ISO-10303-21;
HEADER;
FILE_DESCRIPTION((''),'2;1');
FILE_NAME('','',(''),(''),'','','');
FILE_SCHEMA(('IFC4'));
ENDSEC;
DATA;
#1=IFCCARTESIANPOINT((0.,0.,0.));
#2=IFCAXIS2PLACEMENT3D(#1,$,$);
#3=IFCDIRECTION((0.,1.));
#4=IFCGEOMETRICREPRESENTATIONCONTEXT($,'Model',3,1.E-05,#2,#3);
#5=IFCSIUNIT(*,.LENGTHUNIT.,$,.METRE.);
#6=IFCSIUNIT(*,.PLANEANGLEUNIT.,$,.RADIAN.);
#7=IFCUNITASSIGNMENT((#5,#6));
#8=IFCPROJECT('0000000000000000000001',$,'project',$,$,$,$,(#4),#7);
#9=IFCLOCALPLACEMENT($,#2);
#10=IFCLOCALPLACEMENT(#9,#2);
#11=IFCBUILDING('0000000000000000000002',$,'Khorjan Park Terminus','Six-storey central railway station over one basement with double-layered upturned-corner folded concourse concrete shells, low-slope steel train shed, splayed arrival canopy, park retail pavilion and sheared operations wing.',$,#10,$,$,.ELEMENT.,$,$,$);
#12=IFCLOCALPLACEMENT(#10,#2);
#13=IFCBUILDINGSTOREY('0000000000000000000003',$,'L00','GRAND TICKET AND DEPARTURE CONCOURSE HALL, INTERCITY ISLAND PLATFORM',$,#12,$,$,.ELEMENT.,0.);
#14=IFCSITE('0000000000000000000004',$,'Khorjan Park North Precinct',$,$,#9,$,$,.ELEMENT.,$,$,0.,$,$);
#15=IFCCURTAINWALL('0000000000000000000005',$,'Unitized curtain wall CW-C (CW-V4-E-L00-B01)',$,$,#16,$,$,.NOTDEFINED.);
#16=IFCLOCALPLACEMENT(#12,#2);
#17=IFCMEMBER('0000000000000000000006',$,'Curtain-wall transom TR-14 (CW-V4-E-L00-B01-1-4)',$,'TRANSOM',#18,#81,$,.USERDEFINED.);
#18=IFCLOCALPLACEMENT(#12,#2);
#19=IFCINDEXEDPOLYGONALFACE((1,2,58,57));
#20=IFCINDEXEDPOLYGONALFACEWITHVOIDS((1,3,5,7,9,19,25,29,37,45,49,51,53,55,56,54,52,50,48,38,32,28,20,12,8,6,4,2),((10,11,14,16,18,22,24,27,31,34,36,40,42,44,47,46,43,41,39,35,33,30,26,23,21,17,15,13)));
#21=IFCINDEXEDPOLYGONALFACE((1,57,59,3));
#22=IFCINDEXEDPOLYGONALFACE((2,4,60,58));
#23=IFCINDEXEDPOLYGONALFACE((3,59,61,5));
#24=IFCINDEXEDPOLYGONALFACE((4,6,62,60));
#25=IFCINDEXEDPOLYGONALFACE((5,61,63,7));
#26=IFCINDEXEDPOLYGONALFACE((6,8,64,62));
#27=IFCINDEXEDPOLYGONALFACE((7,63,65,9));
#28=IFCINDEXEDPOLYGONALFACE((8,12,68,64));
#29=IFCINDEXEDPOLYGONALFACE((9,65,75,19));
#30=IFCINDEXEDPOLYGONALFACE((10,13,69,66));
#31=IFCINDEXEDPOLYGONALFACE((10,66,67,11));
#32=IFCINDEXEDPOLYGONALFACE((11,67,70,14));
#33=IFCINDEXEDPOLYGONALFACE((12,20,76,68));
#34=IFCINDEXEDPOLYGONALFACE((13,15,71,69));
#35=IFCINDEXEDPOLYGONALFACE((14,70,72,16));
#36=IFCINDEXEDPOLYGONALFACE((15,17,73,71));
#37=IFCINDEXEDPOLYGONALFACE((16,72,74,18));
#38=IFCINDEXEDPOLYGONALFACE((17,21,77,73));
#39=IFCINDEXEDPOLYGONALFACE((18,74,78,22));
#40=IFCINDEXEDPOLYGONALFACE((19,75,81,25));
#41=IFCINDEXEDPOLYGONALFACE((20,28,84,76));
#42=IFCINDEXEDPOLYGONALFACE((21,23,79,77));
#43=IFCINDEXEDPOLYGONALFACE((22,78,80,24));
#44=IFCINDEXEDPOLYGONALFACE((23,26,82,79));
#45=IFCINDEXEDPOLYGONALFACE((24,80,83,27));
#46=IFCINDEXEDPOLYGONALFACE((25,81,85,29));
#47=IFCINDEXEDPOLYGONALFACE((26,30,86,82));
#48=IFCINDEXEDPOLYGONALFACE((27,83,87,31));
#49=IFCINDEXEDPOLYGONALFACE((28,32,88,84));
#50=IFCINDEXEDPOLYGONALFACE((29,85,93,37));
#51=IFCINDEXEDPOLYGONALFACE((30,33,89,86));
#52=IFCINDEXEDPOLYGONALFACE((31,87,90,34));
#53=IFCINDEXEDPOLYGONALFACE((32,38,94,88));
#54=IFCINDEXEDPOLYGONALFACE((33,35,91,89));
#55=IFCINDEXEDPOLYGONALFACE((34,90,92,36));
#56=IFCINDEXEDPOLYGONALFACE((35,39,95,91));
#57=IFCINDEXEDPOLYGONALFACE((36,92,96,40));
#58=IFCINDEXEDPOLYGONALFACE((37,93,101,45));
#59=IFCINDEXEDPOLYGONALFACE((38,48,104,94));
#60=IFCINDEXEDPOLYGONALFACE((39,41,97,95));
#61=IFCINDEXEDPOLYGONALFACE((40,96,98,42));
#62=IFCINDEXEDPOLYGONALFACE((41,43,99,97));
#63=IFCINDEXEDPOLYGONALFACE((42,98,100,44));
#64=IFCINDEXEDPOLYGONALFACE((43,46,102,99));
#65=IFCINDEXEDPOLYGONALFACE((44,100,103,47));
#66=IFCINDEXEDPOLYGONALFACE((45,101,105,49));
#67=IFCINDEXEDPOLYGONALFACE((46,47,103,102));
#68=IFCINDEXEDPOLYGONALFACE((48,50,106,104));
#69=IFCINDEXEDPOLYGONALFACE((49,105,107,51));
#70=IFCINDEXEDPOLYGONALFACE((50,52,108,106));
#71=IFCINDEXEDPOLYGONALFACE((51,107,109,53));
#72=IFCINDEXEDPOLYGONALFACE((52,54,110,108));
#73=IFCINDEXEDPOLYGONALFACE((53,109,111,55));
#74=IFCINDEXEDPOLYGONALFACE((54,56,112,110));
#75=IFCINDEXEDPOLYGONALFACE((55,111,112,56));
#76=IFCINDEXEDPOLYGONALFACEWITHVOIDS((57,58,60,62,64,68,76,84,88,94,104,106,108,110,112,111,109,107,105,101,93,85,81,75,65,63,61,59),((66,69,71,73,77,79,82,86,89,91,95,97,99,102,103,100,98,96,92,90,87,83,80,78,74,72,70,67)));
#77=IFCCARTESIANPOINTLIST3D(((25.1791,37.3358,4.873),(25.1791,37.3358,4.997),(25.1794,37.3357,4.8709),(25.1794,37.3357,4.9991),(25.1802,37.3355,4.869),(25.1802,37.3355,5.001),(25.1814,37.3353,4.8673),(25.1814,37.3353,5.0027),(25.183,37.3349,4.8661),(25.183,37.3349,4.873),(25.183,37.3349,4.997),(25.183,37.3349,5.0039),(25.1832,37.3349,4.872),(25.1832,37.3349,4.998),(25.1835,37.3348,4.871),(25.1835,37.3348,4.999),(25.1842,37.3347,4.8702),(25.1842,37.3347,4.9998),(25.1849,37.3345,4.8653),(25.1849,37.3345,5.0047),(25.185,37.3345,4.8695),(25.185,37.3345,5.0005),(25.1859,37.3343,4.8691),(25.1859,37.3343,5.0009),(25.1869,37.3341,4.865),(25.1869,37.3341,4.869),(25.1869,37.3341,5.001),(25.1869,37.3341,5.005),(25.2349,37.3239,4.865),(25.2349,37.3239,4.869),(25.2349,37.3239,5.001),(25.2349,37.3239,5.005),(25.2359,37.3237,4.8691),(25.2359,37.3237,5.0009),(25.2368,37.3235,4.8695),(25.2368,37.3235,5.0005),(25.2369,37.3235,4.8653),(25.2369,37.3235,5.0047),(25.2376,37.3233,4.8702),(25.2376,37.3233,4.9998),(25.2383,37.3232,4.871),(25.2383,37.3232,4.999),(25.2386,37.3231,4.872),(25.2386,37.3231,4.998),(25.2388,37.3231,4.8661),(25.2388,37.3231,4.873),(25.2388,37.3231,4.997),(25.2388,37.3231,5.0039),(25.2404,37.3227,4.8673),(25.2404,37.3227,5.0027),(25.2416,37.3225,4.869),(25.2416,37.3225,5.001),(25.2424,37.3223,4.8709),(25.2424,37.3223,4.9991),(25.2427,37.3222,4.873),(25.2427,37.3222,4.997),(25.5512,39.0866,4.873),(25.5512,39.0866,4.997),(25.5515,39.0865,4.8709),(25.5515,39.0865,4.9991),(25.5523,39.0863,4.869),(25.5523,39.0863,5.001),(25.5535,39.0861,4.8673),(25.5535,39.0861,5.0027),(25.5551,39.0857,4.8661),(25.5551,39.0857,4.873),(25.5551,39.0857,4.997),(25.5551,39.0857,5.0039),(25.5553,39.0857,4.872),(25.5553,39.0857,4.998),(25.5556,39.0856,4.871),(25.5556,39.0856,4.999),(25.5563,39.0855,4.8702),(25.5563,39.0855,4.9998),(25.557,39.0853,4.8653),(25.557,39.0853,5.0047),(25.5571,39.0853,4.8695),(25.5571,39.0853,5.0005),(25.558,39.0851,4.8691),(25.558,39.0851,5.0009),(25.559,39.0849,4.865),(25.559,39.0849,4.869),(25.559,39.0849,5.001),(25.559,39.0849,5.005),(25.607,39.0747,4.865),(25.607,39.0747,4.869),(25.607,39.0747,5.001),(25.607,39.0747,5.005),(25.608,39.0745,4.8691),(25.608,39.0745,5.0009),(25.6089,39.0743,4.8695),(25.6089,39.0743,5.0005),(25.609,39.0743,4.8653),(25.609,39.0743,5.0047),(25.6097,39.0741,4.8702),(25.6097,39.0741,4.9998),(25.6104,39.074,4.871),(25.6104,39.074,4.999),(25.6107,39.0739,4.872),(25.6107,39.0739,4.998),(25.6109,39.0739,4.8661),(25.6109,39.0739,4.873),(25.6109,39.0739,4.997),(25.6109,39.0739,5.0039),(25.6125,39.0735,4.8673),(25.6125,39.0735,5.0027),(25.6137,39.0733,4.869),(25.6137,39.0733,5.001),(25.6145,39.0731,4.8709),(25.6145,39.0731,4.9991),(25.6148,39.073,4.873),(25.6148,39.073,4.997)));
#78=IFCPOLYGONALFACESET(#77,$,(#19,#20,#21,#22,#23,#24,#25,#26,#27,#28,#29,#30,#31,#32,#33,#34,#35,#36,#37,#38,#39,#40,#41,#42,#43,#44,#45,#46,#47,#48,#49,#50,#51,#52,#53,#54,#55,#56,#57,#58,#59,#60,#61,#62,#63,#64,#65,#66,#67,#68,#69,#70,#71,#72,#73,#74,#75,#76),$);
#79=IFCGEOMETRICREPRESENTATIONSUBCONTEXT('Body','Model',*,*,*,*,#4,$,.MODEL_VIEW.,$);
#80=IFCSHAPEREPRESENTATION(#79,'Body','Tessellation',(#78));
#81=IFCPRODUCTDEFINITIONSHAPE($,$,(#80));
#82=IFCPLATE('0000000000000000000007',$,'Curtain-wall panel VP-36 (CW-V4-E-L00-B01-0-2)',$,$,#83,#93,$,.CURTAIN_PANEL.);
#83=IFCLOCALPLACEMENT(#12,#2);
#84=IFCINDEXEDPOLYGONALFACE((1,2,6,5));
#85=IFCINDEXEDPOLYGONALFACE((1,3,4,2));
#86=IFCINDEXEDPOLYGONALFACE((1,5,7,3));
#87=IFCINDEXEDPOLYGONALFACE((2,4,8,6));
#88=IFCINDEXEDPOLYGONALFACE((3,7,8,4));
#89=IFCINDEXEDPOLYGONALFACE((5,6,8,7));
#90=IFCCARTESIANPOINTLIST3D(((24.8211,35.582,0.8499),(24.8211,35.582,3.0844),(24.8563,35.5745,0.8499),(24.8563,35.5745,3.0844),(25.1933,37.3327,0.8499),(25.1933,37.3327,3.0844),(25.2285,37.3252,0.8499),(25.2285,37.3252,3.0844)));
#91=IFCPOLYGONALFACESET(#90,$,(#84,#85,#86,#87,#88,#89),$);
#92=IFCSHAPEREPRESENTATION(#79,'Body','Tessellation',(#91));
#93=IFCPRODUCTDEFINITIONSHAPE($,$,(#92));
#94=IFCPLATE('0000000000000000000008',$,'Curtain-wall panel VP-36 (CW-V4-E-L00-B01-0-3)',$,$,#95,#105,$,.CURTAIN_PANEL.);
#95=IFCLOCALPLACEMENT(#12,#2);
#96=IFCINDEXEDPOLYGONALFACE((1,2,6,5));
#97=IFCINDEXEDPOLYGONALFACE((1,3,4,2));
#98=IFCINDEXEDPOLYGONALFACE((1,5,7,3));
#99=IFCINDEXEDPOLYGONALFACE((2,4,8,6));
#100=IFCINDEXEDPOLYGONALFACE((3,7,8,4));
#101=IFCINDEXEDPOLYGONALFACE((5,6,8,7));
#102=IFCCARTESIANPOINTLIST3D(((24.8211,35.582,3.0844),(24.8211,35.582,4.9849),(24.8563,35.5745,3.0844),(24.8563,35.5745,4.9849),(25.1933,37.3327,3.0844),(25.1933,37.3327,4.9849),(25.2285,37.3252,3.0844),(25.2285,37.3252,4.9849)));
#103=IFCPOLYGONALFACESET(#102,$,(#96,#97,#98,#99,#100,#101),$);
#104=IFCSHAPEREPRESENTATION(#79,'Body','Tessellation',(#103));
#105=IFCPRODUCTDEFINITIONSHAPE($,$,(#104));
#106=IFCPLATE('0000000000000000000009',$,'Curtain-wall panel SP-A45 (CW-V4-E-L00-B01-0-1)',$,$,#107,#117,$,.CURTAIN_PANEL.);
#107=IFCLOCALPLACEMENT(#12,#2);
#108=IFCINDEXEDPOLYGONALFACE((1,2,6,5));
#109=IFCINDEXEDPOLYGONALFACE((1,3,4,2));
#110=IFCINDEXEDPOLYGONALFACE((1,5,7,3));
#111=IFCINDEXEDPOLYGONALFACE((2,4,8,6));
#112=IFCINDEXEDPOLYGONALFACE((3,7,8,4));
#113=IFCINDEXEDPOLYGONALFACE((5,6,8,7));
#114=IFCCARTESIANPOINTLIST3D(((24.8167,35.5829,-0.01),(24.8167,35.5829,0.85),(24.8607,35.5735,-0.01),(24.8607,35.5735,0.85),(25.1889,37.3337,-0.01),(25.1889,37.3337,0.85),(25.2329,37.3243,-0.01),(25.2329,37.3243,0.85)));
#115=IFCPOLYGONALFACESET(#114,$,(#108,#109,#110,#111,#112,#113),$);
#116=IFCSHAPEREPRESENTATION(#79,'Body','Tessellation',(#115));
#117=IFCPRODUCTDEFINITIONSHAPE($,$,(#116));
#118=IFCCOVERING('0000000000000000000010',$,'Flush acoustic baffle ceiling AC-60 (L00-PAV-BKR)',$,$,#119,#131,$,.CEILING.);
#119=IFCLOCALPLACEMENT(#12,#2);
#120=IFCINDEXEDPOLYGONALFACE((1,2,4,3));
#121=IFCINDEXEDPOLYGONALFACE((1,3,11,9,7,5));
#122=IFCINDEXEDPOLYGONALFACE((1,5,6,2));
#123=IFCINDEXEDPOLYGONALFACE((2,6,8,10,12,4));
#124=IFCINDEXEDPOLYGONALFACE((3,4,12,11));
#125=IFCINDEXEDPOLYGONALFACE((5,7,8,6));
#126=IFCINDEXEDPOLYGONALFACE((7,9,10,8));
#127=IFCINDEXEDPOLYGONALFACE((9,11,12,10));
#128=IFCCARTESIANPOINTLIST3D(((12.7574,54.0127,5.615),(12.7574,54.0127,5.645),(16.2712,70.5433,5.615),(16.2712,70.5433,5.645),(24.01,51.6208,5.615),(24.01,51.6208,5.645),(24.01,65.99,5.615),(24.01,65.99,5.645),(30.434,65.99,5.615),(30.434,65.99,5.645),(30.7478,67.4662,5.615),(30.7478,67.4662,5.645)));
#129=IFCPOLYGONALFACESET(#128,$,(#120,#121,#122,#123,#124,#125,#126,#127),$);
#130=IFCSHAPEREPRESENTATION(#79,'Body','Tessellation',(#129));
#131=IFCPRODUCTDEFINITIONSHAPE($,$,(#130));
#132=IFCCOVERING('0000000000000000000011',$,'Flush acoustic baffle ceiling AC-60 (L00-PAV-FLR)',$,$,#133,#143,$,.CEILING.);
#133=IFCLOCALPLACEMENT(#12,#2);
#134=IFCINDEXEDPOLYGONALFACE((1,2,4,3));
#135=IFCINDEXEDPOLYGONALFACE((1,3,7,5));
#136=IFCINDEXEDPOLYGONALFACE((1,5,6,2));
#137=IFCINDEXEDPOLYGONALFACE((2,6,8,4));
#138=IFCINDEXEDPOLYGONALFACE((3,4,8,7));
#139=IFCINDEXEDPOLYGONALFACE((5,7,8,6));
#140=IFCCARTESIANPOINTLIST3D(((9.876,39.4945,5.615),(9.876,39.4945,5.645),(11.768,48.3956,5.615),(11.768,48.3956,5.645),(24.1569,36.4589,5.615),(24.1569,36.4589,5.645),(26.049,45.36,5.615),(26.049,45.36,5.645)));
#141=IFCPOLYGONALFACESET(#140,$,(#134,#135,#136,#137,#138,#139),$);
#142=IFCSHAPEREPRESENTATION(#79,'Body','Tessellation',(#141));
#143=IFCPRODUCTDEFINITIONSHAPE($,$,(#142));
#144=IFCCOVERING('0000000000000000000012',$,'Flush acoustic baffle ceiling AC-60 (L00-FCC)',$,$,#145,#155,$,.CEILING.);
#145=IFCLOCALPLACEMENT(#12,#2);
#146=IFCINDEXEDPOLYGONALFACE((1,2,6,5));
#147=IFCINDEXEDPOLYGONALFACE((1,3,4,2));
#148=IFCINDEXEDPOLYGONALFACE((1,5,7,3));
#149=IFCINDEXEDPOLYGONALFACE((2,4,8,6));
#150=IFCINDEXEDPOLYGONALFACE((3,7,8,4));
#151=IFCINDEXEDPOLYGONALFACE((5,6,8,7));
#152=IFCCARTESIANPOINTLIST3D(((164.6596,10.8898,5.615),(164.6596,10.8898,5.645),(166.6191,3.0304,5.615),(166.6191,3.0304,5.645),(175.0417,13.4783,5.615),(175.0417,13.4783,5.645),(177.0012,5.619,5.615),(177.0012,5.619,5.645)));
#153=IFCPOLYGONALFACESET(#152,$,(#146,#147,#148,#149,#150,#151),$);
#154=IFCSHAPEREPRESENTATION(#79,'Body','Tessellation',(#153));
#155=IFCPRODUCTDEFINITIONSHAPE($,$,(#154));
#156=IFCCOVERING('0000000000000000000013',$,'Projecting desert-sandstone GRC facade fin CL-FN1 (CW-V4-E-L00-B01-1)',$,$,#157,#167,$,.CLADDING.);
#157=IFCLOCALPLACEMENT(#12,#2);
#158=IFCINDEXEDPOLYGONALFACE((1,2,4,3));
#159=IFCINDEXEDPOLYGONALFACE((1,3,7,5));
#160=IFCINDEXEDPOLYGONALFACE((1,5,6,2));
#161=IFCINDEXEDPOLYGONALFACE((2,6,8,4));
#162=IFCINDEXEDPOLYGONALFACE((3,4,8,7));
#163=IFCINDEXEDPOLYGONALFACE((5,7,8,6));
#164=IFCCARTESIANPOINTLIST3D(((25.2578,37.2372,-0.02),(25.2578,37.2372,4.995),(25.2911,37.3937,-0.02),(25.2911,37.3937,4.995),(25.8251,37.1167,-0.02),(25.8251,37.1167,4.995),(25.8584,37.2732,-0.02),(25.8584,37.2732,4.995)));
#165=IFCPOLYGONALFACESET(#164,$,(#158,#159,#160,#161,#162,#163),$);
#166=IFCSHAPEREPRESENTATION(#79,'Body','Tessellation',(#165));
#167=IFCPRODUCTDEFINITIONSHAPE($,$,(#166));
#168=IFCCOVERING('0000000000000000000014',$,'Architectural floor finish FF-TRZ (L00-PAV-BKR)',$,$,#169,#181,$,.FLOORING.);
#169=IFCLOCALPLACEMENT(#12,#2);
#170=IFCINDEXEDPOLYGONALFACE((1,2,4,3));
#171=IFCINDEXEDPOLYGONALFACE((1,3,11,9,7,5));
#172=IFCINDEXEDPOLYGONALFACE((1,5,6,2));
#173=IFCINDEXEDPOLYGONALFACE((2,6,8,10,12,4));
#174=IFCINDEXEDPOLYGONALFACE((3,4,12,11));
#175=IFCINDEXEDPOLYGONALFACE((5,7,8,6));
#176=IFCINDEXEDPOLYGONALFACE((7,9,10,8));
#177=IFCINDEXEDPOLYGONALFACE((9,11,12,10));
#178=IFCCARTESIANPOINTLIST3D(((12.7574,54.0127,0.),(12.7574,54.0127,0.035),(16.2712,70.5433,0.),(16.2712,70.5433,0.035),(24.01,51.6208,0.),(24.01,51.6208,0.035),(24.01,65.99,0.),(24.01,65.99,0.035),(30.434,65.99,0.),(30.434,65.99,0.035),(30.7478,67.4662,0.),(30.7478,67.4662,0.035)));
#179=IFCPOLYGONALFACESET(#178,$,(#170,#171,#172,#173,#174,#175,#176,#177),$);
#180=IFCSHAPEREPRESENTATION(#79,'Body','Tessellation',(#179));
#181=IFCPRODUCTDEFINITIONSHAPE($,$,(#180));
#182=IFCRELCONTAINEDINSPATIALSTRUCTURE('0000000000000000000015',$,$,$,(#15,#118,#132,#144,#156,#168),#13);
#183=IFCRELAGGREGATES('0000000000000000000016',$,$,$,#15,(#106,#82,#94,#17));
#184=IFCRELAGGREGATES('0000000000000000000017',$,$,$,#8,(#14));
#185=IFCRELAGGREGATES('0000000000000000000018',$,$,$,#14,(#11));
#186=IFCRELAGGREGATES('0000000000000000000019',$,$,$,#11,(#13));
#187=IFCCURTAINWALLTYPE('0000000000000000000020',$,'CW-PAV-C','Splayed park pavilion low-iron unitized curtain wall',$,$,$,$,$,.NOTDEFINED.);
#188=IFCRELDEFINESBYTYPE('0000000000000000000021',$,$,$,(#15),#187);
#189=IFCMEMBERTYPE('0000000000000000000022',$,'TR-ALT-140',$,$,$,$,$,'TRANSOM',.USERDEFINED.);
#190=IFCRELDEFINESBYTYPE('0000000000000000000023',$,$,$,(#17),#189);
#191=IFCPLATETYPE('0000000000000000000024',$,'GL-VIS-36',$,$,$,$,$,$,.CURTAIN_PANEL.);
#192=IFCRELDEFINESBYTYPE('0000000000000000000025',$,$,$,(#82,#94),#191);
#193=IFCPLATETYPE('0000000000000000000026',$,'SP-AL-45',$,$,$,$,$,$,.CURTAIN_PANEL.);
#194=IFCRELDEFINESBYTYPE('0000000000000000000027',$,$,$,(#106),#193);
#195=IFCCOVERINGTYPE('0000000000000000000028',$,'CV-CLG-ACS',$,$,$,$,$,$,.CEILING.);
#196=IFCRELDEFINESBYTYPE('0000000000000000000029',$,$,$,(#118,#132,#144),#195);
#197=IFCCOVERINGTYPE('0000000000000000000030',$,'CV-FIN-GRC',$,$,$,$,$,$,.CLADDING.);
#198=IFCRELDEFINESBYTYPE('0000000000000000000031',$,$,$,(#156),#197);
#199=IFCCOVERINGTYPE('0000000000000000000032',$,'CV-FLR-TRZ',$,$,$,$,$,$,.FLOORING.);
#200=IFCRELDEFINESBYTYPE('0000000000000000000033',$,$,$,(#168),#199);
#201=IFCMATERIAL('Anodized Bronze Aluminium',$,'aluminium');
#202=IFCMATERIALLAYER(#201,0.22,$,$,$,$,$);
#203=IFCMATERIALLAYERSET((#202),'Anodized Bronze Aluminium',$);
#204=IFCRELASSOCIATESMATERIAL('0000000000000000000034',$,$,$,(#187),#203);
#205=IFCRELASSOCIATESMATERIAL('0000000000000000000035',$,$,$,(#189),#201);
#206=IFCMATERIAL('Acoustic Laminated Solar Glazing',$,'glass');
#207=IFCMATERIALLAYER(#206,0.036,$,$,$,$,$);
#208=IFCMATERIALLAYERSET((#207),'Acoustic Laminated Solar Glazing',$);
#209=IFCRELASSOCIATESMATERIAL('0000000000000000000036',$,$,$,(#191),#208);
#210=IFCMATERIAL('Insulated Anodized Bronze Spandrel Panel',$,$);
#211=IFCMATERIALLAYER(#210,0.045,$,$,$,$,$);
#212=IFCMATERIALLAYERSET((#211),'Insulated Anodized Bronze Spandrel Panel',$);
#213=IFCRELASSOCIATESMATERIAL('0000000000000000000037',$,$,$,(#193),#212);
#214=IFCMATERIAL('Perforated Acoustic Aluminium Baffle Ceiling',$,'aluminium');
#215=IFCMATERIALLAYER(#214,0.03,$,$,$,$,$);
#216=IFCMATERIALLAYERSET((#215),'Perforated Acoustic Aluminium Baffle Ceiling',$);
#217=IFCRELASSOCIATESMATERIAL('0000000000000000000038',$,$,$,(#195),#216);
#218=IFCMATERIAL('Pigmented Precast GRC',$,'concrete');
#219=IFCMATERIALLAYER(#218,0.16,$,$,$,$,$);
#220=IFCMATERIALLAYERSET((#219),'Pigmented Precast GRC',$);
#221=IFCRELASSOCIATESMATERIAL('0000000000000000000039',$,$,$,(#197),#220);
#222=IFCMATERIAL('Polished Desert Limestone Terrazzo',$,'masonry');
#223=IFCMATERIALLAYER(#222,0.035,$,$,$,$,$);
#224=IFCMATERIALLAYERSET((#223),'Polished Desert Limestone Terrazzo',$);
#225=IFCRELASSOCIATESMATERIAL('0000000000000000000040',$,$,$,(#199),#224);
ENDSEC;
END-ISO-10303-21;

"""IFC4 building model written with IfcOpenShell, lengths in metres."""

from ifc_helpers import new_model, si_unit, direction, frame, origin, origin_2d, place, context, subcontext, project, spatial, polyline, rectangle, hollow_rectangle, outline, extrude, material, layer, layer_set, material_profile, profile_set, type_object, element, aggregate, save


model = new_model("IFC4")

# Units and contexts
model_context = context("Model", 3, precision=1e-05, world=origin(), true_north=direction((0.0, 1.0)))
body_context = subcontext(model_context, "Body", "Model", "MODEL_VIEW")
ifc_project = project(units=[si_unit("LENGTHUNIT", "METRE"), si_unit("PLANEANGLEUNIT", "RADIAN")], contexts=[model_context])

# Site, building, storey
site_placement = place(None, origin())
site = spatial("IfcSite", under=ifc_project, at=site_placement, Name="Khorjan Park North Precinct", CompositionType="ELEMENT", RefElevation=0.0)
building_placement = place(site_placement, origin())
building = spatial("IfcBuilding", under=site, at=building_placement, Name="Khorjan Park Terminus", Description="Six-storey central railway station over one basement with double-layered upturned-corner folded concourse concrete shells, low-slope steel train shed, splayed arrival canopy, park retail pavilion and sheared operations wing.", CompositionType="ELEMENT")
storey_placement = place(building_placement, origin())
storey = spatial("IfcBuildingStorey", under=building, at=storey_placement, Name="L00", Description="GRAND TICKET AND DEPARTURE CONCOURSE HALL, INTERCITY ISLAND PLATFORM", CompositionType="ELEMENT", Elevation=0.0)

# Curtain wall, member, plates
ifc_material_1 = material(Name="Anodized Bronze Aluminium", Category="aluminium")
ifc_layer_1 = layer(ifc_material_1, 0.22)
ifc_layer_set_1 = layer_set([ifc_layer_1], Name="Anodized Bronze Aluminium")
curtain_wall_type = type_object("IfcCurtainWallType", Name="CW-PAV-C", Description="Splayed park pavilion low-iron unitized curtain wall", PredefinedType="NOTDEFINED", material=ifc_layer_set_1)
curtain_wall_placement = place(storey_placement, origin())
curtain_wall = element("IfcCurtainWall", 1, at=curtain_wall_placement, inside=storey, type_object=curtain_wall_type, Name="Unitized curtain wall CW-C (CW-V4-E-L00-B01)", PredefinedType="NOTDEFINED")
ifc_material_profile_1 = material_profile(ifc_material_1, hollow_rectangle(XDim=0.065, YDim=0.14, WallThickness=0.004, InnerFilletRadius=0.004, OuterFilletRadius=0.008, at=origin_2d()), Name="ALT 65x140x4")
ifc_profile_set_1 = profile_set([ifc_material_profile_1], Name="Anodized Bronze Aluminium")
member_type_1 = type_object("IfcMemberType", Name="TR-ALT-140", ElementType="TRANSOM", PredefinedType="USERDEFINED", material=ifc_profile_set_1)
member_1_placement = place(storey_placement, frame((25.2109, 37.329, 4.935), z_axis=(0.207888, 0.978153, 0.0), x_axis=(-0.978153, 0.207888, 0.0)))
member_1 = element("IfcMember", 2, at=member_1_placement, type_object=member_type_1, Name="Curtain-wall transom TR-14 (CW-V4-E-L00-B01-1-4)", ObjectType="TRANSOM", PredefinedType="USERDEFINED", context=body_context, shape_type="SweptSolid", body=[
    extrude(hollow_rectangle(XDim=0.065, YDim=0.14, WallThickness=0.004, InnerFilletRadius=0.004, OuterFilletRadius=0.008, at=origin_2d()), origin(), (0.0, 0.0, 1.0), 1.7899),
])
ifc_material_2 = material(Name="Acoustic Laminated Solar Glazing", Category="glass")
ifc_layer_2 = layer(ifc_material_2, 0.036)
ifc_layer_set_2 = layer_set([ifc_layer_2], Name="Acoustic Laminated Solar Glazing")
plate_type_1 = type_object("IfcPlateType", Name="GL-VIS-36", PredefinedType="CURTAIN_PANEL", material=ifc_layer_set_2)
plate_1_placement = place(storey_placement, frame((25.0248, 36.4536, 0.8499), z_axis=(0.0, 0.0, 1.0), x_axis=(0.207917, 0.978147, 0.0)))
plate_1 = element("IfcPlate", 3, at=plate_1_placement, type_object=plate_type_1, Name="Curtain-wall panel VP-36 (CW-V4-E-L00-B01-0-2)", PredefinedType="CURTAIN_PANEL", context=body_context, shape_type="SweptSolid", body=[
    extrude(rectangle(XDim=1.7899, YDim=0.036, at=origin_2d()), origin(), (0.0, 0.0, 1.0), 2.2345),
])
plate_2_placement = place(storey_placement, frame((25.0248, 36.4536, 3.0844), z_axis=(0.0, 0.0, 1.0), x_axis=(0.207917, 0.978147, 0.0)))
plate_2 = element("IfcPlate", 4, at=plate_2_placement, type_object=plate_type_1, Name="Curtain-wall panel VP-36 (CW-V4-E-L00-B01-0-3)", PredefinedType="CURTAIN_PANEL", context=body_context, shape_type="SweptSolid", body=[
    extrude(rectangle(XDim=1.7899, YDim=0.036, at=origin_2d()), origin(), (0.0, 0.0, 1.0), 1.9005),
])
ifc_material_3 = material(Name="Insulated Anodized Bronze Spandrel Panel")
ifc_layer_3 = layer(ifc_material_3, 0.045)
ifc_layer_set_3 = layer_set([ifc_layer_3], Name="Insulated Anodized Bronze Spandrel Panel")
plate_type_2 = type_object("IfcPlateType", Name="SP-AL-45", PredefinedType="CURTAIN_PANEL", material=ifc_layer_set_3)
plate_3_placement = place(storey_placement, frame((25.0248, 36.4536, -0.01), z_axis=(0.0, 0.0, 1.0), x_axis=(0.207917, 0.978147, 0.0)))
plate_3 = element("IfcPlate", 5, at=plate_3_placement, type_object=plate_type_2, Name="Curtain-wall panel SP-A45 (CW-V4-E-L00-B01-0-1)", PredefinedType="CURTAIN_PANEL", context=body_context, shape_type="SweptSolid", body=[
    extrude(rectangle(XDim=1.7899, YDim=0.045, at=origin_2d()), origin(), (0.0, 0.0, 1.0), 0.86),
])
aggregate(curtain_wall, [plate_3, plate_1, plate_2, member_1])

# Coverings
ifc_material_4 = material(Name="Perforated Acoustic Aluminium Baffle Ceiling", Category="aluminium")
ifc_layer_4 = layer(ifc_material_4, 0.03)
ifc_layer_set_4 = layer_set([ifc_layer_4], Name="Perforated Acoustic Aluminium Baffle Ceiling")
covering_type_1 = type_object("IfcCoveringType", Name="CV-CLG-ACS", PredefinedType="CEILING", material=ifc_layer_set_4)
covering_1_placement = place(storey_placement, frame((0.0, 0.0, 5.615)))
element("IfcCovering", 6, at=covering_1_placement, inside=storey, type_object=covering_type_1, Name="Flush acoustic baffle ceiling AC-60 (L00-PAV-BKR)", PredefinedType="CEILING", context=body_context, shape_type="SweptSolid", body=[
    extrude(outline(polyline([(30.434, 65.99), (24.01, 65.99), (24.01, 51.6208), (12.7574, 54.0127), (16.2712, 70.5433), (30.7478, 67.4662), (30.434, 65.99)])), origin(), (0.0, 0.0, 1.0), 0.03),
])
covering_2_placement = place(storey_placement, frame((0.0, 0.0, 5.615)))
element("IfcCovering", 7, at=covering_2_placement, inside=storey, type_object=covering_type_1, Name="Flush acoustic baffle ceiling AC-60 (L00-PAV-FLR)", PredefinedType="CEILING", context=body_context, shape_type="SweptSolid", body=[
    extrude(outline(polyline([(24.1569, 36.4589), (9.876, 39.4945), (11.768, 48.3956), (26.049, 45.36), (24.1569, 36.4589)])), origin(), (0.0, 0.0, 1.0), 0.03),
])
covering_3_placement = place(storey_placement, frame((0.0, 0.0, 5.615)))
element("IfcCovering", 8, at=covering_3_placement, inside=storey, type_object=covering_type_1, Name="Flush acoustic baffle ceiling AC-60 (L00-FCC)", PredefinedType="CEILING", context=body_context, shape_type="SweptSolid", body=[
    extrude(outline(polyline([(177.0012, 5.619), (166.6191, 3.0304), (164.6596, 10.8898), (175.0417, 13.4783), (177.0012, 5.619)])), origin(), (0.0, 0.0, 1.0), 0.03),
])
ifc_material_5 = material(Name="Pigmented Precast GRC", Category="concrete")
ifc_layer_5 = layer(ifc_material_5, 0.16)
ifc_layer_set_5 = layer_set([ifc_layer_5], Name="Pigmented Precast GRC")
covering_type_2 = type_object("IfcCoveringType", Name="CV-FIN-GRC", PredefinedType="CLADDING", material=ifc_layer_set_5)
covering_4_placement = place(storey_placement, frame((25.5581, 37.2552, -0.02), z_axis=(0.0, 0.0, 1.0), x_axis=(-0.978148, 0.207912, 0.0)))
element("IfcCovering", 9, at=covering_4_placement, inside=storey, type_object=covering_type_2, Name="Projecting desert-sandstone GRC facade fin CL-FN1 (CW-V4-E-L00-B01-1)", PredefinedType="CLADDING", context=body_context, shape_type="SweptSolid", body=[
    extrude(rectangle(XDim=0.58, YDim=0.16, at=origin_2d()), origin(), (0.0, 0.0, 1.0), 5.015),
])
ifc_material_6 = material(Name="Polished Desert Limestone Terrazzo", Category="masonry")
ifc_layer_6 = layer(ifc_material_6, 0.035)
ifc_layer_set_6 = layer_set([ifc_layer_6], Name="Polished Desert Limestone Terrazzo")
covering_type_3 = type_object("IfcCoveringType", Name="CV-FLR-TRZ", PredefinedType="FLOORING", material=ifc_layer_set_6)
covering_5_placement = place(storey_placement, origin())
element("IfcCovering", 10, at=covering_5_placement, inside=storey, type_object=covering_type_3, Name="Architectural floor finish FF-TRZ (L00-PAV-BKR)", PredefinedType="FLOORING", context=body_context, shape_type="SweptSolid", body=[
    extrude(outline(polyline([(30.434, 65.99), (24.01, 65.99), (24.01, 51.6208), (12.7574, 54.0127), (16.2712, 70.5433), (30.7478, 67.4662), (30.434, 65.99)])), origin(), (0.0, 0.0, 1.0), 0.035),
])

save(model, "model.ifc")
